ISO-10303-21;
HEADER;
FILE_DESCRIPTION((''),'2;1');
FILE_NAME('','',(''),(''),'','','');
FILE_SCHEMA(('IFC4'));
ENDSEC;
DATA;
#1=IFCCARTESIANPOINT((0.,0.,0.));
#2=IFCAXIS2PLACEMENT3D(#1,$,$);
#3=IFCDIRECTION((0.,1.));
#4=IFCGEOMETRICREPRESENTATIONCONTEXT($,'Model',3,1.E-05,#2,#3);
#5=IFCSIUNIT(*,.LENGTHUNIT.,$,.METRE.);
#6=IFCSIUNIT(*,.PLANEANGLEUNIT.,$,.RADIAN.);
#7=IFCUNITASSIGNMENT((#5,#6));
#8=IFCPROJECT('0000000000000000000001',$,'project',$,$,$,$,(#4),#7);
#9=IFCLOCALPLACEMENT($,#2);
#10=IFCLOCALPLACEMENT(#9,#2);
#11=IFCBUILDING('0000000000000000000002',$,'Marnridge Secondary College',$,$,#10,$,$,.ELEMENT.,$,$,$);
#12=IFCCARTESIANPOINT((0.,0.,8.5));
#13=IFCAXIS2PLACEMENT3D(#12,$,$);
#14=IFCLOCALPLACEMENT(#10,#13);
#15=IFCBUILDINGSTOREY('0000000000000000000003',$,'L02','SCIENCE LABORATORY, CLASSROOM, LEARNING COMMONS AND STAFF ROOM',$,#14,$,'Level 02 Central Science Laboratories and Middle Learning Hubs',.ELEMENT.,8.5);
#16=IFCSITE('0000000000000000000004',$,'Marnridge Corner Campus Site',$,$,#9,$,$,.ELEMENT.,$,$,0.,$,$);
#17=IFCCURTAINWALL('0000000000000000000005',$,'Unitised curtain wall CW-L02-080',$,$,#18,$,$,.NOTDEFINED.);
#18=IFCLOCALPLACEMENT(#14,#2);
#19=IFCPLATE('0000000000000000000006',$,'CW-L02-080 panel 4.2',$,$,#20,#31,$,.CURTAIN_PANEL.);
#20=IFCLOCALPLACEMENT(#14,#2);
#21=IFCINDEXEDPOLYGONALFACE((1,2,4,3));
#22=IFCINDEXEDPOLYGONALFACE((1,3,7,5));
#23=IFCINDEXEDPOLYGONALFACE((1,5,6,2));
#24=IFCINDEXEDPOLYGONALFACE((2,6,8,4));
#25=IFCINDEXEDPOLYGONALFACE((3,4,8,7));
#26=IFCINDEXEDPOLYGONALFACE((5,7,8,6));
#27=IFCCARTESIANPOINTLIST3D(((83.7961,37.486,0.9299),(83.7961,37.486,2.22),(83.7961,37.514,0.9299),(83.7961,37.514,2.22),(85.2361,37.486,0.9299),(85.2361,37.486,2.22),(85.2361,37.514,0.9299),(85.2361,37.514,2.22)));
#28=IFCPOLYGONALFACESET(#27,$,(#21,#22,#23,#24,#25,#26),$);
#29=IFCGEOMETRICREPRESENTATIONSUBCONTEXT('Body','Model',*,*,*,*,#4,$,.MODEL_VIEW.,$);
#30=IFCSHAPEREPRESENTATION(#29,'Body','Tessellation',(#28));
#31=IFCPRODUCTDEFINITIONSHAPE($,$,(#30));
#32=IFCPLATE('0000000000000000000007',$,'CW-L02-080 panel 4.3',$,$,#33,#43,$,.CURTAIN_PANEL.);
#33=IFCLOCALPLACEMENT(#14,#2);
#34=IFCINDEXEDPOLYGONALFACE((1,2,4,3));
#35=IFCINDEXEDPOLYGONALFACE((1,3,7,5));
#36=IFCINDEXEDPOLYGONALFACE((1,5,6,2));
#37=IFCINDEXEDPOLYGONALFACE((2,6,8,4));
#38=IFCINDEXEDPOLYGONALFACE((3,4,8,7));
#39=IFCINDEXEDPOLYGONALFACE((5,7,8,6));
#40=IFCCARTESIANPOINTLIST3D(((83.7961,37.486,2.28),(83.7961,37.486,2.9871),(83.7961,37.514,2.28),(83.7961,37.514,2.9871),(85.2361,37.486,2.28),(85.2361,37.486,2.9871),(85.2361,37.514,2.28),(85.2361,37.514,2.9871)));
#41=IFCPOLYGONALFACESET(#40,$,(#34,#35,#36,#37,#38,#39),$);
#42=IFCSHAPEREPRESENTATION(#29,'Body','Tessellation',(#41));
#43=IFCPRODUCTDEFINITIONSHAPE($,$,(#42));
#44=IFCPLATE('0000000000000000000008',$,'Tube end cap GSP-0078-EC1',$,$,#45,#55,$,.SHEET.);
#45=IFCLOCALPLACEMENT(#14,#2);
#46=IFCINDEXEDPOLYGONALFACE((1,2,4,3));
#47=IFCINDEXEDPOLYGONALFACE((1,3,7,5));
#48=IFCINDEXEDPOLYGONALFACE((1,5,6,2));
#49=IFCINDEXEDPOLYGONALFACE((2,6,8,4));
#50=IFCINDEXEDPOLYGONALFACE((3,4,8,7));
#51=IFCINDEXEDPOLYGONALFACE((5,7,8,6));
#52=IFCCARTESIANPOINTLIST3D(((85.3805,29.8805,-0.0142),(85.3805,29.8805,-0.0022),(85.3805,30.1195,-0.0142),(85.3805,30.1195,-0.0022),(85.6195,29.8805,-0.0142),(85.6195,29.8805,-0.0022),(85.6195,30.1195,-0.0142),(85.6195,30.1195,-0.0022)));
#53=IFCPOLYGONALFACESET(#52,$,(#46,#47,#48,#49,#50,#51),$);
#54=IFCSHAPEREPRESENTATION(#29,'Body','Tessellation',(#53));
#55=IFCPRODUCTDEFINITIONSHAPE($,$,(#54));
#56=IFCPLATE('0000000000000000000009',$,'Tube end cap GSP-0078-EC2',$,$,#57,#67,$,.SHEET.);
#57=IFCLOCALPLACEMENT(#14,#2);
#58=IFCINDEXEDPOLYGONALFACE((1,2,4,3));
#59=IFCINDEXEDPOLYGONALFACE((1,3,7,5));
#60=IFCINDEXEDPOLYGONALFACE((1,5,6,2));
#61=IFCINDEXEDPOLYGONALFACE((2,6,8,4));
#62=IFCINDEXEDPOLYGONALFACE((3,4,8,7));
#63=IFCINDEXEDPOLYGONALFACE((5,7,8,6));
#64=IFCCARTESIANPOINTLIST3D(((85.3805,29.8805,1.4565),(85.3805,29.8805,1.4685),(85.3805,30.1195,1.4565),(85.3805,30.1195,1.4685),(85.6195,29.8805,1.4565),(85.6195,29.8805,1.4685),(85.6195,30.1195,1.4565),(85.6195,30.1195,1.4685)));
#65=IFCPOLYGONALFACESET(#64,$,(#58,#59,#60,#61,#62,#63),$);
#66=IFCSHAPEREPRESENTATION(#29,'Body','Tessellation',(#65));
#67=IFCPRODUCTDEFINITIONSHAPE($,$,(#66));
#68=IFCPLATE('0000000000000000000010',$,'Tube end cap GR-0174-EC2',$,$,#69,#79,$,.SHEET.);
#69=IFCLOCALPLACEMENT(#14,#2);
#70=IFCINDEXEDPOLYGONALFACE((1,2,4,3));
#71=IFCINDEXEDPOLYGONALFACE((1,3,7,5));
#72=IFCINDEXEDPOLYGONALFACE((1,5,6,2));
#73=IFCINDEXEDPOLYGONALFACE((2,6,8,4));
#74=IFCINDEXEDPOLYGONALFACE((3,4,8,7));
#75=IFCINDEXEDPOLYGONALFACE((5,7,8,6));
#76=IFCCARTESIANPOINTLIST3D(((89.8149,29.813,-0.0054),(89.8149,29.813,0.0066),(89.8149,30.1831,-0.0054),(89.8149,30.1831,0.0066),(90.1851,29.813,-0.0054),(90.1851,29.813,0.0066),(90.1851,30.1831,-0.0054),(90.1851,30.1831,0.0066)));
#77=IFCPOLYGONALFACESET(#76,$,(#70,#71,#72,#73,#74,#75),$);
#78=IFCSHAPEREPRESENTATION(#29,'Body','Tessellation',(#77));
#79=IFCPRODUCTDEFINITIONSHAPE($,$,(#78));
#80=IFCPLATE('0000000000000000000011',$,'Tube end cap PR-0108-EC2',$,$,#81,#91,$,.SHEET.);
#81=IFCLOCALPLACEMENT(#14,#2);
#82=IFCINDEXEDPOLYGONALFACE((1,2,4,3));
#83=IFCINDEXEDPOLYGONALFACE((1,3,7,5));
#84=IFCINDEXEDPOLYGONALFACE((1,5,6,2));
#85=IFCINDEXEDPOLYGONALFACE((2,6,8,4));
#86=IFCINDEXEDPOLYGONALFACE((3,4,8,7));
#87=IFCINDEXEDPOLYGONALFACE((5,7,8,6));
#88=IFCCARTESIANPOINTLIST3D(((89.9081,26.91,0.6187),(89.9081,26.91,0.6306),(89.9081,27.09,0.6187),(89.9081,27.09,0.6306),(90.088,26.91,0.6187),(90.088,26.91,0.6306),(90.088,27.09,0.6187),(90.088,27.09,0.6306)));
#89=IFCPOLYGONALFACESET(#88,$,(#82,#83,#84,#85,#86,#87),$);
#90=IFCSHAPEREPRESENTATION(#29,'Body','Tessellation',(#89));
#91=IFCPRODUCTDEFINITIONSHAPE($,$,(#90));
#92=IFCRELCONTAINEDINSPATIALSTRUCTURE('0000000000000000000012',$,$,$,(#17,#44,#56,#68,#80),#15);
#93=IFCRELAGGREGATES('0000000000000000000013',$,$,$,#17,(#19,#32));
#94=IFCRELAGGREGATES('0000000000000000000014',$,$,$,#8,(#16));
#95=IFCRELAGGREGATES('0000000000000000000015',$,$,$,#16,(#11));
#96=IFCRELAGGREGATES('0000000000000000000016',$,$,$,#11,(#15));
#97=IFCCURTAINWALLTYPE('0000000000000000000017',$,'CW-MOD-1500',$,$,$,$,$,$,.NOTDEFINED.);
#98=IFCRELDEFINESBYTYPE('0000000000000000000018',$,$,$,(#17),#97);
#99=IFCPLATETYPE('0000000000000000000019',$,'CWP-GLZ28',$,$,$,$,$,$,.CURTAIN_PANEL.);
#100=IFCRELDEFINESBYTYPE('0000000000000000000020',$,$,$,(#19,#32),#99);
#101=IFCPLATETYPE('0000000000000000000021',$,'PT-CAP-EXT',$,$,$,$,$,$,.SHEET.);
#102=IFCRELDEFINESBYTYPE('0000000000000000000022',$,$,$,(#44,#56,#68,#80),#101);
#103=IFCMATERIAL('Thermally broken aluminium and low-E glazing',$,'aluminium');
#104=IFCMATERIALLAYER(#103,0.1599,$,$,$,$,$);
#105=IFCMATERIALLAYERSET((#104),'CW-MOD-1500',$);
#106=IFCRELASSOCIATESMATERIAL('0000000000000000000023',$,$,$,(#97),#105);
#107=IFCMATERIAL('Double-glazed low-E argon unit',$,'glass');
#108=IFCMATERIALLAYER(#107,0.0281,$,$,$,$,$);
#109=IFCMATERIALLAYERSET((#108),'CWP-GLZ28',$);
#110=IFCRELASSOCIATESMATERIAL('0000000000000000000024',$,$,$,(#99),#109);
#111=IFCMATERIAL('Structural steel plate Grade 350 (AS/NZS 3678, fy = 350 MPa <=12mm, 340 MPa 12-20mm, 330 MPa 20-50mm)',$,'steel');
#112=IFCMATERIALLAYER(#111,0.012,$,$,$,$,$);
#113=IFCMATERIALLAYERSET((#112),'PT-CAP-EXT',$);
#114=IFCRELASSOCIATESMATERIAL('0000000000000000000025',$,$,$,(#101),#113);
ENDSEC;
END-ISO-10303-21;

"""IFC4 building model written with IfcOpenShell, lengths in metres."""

from ifc_helpers import new_model, si_unit, direction, frame, origin, origin_2d, place, context, subcontext, project, spatial, rectangle, extrude, material, layer, layer_set, type_object, element, aggregate, save


model = new_model("IFC4")

# Units and contexts
model_context = context("Model", 3, precision=1e-05, world=origin(), true_north=direction((0.0, 1.0)))
body_context = subcontext(model_context, "Body", "Model", "MODEL_VIEW")
ifc_project = project(units=[si_unit("LENGTHUNIT", "METRE"), si_unit("PLANEANGLEUNIT", "RADIAN")], contexts=[model_context])

# Site, building, storey
site_placement = place(None, origin())
site = spatial("IfcSite", under=ifc_project, at=site_placement, Name="Marnridge Corner Campus Site", CompositionType="ELEMENT", RefElevation=0.0)
building_placement = place(site_placement, origin())
building = spatial("IfcBuilding", under=site, at=building_placement, Name="Marnridge Secondary College", CompositionType="ELEMENT")
storey_placement = place(building_placement, frame((0.0, 0.0, 8.5)))
storey = spatial("IfcBuildingStorey", under=building, at=storey_placement, Name="L02", Description="SCIENCE LABORATORY, CLASSROOM, LEARNING COMMONS AND STAFF ROOM", LongName="Level 02 Central Science Laboratories and Middle Learning Hubs", CompositionType="ELEMENT", Elevation=8.5)

# Curtain wall
ifc_material_1 = material(Name="Thermally broken aluminium and low-E glazing", Category="aluminium")
ifc_layer_1 = layer(ifc_material_1, 0.1599)
ifc_layer_set_1 = layer_set([ifc_layer_1], Name="CW-MOD-1500")
curtain_wall_type = type_object("IfcCurtainWallType", Name="CW-MOD-1500", PredefinedType="NOTDEFINED", material=ifc_layer_set_1)
curtain_wall_placement = place(storey_placement, origin())
curtain_wall = element("IfcCurtainWall", 1, at=curtain_wall_placement, inside=storey, type_object=curtain_wall_type, Name="Unitised curtain wall CW-L02-080", PredefinedType="NOTDEFINED")

# Plates
ifc_material_2 = material(Name="Double-glazed low-E argon unit", Category="glass")
ifc_layer_2 = layer(ifc_material_2, 0.0281)
ifc_layer_set_2 = layer_set([ifc_layer_2], Name="CWP-GLZ28")
plate_type_1 = type_object("IfcPlateType", Name="CWP-GLZ28", PredefinedType="CURTAIN_PANEL", material=ifc_layer_set_2)
plate_1_placement = place(storey_placement, frame((84.5161, 37.5, 0.9299), z_axis=(0.0, 0.0, 1.0), x_axis=(-1.0, 0.0, 0.0)))
plate_1 = element("IfcPlate", 2, at=plate_1_placement, type_object=plate_type_1, Name="CW-L02-080 panel 4.2", PredefinedType="CURTAIN_PANEL", context=body_context, shape_type="SweptSolid", body=[
    extrude(rectangle(XDim=1.4399, YDim=0.0281, at=origin_2d()), origin(), (0.0, 0.0, 1.0), 1.29),
])
plate_2_placement = place(storey_placement, frame((84.5161, 37.5, 2.28), z_axis=(0.0, 0.0, 1.0), x_axis=(-1.0, 0.0, 0.0)))
plate_2 = element("IfcPlate", 3, at=plate_2_placement, type_object=plate_type_1, Name="CW-L02-080 panel 4.3", PredefinedType="CURTAIN_PANEL", context=body_context, shape_type="SweptSolid", body=[
    extrude(rectangle(XDim=1.4399, YDim=0.0281, at=origin_2d()), origin(), (0.0, 0.0, 1.0), 0.707),
])
aggregate(curtain_wall, [plate_1, plate_2])

# Plates
ifc_material_3 = material(Name="Structural steel plate Grade 350 (AS/NZS 3678, fy = 350 MPa <=12mm, 340 MPa 12-20mm, 330 MPa 20-50mm)", Category="steel")
ifc_layer_3 = layer(ifc_material_3, 0.012)
ifc_layer_set_3 = layer_set([ifc_layer_3], Name="PT-CAP-EXT")
plate_type_2 = type_object("IfcPlateType", Name="PT-CAP-EXT", PredefinedType="SHEET", material=ifc_layer_set_3)
for number, where, z_axis, x_axis, name in (
    (4, (85.5, 30.0, -0.0142), (0.0, 0.0, 1.0), (1.0, 0.0, 0.0), "Tube end cap GSP-0078-EC1"),
    (5, (85.5, 30.0, 1.4565), (0.0, 0.0, 1.0), (1.0, 0.0, 0.0), "Tube end cap GSP-0078-EC2"),
):
    element("IfcPlate", number, at=place(storey_placement, frame(where, z_axis=z_axis, x_axis=x_axis)), inside=storey, type_object=plate_type_2, Name=name, PredefinedType="SHEET", context=body_context, shape_type="SweptSolid", body=[
        extrude(rectangle(XDim=0.239, YDim=0.239, at=origin_2d()), origin(), (0.0, 0.0, 1.0), 0.012),
    ])
plate_3_placement = place(storey_placement, frame((90.0, 29.998, -0.0054), z_axis=(0.0, 0.0, 1.0), x_axis=(0.0, 1.0, 0.0)))
element("IfcPlate", 6, at=plate_3_placement, inside=storey, type_object=plate_type_2, Name="Tube end cap GR-0174-EC2", PredefinedType="SHEET", context=body_context, shape_type="SweptSolid", body=[
    extrude(rectangle(XDim=0.3701, YDim=0.3701, at=origin_2d()), origin(), (0.0, 0.0, 1.0), 0.012),
])
plate_4_placement = place(storey_placement, frame((89.998, 27.0, 0.6187), z_axis=(0.0, 0.0, 1.0), x_axis=(1.0, 0.0, 0.0)))
element("IfcPlate", 7, at=plate_4_placement, inside=storey, type_object=plate_type_2, Name="Tube end cap PR-0108-EC2", PredefinedType="SHEET", context=body_context, shape_type="SweptSolid", body=[
    extrude(rectangle(XDim=0.1799, YDim=0.1799, at=origin_2d()), origin(), (0.0, 0.0, 1.0), 0.012),
])

save(model, "model.ifc")
